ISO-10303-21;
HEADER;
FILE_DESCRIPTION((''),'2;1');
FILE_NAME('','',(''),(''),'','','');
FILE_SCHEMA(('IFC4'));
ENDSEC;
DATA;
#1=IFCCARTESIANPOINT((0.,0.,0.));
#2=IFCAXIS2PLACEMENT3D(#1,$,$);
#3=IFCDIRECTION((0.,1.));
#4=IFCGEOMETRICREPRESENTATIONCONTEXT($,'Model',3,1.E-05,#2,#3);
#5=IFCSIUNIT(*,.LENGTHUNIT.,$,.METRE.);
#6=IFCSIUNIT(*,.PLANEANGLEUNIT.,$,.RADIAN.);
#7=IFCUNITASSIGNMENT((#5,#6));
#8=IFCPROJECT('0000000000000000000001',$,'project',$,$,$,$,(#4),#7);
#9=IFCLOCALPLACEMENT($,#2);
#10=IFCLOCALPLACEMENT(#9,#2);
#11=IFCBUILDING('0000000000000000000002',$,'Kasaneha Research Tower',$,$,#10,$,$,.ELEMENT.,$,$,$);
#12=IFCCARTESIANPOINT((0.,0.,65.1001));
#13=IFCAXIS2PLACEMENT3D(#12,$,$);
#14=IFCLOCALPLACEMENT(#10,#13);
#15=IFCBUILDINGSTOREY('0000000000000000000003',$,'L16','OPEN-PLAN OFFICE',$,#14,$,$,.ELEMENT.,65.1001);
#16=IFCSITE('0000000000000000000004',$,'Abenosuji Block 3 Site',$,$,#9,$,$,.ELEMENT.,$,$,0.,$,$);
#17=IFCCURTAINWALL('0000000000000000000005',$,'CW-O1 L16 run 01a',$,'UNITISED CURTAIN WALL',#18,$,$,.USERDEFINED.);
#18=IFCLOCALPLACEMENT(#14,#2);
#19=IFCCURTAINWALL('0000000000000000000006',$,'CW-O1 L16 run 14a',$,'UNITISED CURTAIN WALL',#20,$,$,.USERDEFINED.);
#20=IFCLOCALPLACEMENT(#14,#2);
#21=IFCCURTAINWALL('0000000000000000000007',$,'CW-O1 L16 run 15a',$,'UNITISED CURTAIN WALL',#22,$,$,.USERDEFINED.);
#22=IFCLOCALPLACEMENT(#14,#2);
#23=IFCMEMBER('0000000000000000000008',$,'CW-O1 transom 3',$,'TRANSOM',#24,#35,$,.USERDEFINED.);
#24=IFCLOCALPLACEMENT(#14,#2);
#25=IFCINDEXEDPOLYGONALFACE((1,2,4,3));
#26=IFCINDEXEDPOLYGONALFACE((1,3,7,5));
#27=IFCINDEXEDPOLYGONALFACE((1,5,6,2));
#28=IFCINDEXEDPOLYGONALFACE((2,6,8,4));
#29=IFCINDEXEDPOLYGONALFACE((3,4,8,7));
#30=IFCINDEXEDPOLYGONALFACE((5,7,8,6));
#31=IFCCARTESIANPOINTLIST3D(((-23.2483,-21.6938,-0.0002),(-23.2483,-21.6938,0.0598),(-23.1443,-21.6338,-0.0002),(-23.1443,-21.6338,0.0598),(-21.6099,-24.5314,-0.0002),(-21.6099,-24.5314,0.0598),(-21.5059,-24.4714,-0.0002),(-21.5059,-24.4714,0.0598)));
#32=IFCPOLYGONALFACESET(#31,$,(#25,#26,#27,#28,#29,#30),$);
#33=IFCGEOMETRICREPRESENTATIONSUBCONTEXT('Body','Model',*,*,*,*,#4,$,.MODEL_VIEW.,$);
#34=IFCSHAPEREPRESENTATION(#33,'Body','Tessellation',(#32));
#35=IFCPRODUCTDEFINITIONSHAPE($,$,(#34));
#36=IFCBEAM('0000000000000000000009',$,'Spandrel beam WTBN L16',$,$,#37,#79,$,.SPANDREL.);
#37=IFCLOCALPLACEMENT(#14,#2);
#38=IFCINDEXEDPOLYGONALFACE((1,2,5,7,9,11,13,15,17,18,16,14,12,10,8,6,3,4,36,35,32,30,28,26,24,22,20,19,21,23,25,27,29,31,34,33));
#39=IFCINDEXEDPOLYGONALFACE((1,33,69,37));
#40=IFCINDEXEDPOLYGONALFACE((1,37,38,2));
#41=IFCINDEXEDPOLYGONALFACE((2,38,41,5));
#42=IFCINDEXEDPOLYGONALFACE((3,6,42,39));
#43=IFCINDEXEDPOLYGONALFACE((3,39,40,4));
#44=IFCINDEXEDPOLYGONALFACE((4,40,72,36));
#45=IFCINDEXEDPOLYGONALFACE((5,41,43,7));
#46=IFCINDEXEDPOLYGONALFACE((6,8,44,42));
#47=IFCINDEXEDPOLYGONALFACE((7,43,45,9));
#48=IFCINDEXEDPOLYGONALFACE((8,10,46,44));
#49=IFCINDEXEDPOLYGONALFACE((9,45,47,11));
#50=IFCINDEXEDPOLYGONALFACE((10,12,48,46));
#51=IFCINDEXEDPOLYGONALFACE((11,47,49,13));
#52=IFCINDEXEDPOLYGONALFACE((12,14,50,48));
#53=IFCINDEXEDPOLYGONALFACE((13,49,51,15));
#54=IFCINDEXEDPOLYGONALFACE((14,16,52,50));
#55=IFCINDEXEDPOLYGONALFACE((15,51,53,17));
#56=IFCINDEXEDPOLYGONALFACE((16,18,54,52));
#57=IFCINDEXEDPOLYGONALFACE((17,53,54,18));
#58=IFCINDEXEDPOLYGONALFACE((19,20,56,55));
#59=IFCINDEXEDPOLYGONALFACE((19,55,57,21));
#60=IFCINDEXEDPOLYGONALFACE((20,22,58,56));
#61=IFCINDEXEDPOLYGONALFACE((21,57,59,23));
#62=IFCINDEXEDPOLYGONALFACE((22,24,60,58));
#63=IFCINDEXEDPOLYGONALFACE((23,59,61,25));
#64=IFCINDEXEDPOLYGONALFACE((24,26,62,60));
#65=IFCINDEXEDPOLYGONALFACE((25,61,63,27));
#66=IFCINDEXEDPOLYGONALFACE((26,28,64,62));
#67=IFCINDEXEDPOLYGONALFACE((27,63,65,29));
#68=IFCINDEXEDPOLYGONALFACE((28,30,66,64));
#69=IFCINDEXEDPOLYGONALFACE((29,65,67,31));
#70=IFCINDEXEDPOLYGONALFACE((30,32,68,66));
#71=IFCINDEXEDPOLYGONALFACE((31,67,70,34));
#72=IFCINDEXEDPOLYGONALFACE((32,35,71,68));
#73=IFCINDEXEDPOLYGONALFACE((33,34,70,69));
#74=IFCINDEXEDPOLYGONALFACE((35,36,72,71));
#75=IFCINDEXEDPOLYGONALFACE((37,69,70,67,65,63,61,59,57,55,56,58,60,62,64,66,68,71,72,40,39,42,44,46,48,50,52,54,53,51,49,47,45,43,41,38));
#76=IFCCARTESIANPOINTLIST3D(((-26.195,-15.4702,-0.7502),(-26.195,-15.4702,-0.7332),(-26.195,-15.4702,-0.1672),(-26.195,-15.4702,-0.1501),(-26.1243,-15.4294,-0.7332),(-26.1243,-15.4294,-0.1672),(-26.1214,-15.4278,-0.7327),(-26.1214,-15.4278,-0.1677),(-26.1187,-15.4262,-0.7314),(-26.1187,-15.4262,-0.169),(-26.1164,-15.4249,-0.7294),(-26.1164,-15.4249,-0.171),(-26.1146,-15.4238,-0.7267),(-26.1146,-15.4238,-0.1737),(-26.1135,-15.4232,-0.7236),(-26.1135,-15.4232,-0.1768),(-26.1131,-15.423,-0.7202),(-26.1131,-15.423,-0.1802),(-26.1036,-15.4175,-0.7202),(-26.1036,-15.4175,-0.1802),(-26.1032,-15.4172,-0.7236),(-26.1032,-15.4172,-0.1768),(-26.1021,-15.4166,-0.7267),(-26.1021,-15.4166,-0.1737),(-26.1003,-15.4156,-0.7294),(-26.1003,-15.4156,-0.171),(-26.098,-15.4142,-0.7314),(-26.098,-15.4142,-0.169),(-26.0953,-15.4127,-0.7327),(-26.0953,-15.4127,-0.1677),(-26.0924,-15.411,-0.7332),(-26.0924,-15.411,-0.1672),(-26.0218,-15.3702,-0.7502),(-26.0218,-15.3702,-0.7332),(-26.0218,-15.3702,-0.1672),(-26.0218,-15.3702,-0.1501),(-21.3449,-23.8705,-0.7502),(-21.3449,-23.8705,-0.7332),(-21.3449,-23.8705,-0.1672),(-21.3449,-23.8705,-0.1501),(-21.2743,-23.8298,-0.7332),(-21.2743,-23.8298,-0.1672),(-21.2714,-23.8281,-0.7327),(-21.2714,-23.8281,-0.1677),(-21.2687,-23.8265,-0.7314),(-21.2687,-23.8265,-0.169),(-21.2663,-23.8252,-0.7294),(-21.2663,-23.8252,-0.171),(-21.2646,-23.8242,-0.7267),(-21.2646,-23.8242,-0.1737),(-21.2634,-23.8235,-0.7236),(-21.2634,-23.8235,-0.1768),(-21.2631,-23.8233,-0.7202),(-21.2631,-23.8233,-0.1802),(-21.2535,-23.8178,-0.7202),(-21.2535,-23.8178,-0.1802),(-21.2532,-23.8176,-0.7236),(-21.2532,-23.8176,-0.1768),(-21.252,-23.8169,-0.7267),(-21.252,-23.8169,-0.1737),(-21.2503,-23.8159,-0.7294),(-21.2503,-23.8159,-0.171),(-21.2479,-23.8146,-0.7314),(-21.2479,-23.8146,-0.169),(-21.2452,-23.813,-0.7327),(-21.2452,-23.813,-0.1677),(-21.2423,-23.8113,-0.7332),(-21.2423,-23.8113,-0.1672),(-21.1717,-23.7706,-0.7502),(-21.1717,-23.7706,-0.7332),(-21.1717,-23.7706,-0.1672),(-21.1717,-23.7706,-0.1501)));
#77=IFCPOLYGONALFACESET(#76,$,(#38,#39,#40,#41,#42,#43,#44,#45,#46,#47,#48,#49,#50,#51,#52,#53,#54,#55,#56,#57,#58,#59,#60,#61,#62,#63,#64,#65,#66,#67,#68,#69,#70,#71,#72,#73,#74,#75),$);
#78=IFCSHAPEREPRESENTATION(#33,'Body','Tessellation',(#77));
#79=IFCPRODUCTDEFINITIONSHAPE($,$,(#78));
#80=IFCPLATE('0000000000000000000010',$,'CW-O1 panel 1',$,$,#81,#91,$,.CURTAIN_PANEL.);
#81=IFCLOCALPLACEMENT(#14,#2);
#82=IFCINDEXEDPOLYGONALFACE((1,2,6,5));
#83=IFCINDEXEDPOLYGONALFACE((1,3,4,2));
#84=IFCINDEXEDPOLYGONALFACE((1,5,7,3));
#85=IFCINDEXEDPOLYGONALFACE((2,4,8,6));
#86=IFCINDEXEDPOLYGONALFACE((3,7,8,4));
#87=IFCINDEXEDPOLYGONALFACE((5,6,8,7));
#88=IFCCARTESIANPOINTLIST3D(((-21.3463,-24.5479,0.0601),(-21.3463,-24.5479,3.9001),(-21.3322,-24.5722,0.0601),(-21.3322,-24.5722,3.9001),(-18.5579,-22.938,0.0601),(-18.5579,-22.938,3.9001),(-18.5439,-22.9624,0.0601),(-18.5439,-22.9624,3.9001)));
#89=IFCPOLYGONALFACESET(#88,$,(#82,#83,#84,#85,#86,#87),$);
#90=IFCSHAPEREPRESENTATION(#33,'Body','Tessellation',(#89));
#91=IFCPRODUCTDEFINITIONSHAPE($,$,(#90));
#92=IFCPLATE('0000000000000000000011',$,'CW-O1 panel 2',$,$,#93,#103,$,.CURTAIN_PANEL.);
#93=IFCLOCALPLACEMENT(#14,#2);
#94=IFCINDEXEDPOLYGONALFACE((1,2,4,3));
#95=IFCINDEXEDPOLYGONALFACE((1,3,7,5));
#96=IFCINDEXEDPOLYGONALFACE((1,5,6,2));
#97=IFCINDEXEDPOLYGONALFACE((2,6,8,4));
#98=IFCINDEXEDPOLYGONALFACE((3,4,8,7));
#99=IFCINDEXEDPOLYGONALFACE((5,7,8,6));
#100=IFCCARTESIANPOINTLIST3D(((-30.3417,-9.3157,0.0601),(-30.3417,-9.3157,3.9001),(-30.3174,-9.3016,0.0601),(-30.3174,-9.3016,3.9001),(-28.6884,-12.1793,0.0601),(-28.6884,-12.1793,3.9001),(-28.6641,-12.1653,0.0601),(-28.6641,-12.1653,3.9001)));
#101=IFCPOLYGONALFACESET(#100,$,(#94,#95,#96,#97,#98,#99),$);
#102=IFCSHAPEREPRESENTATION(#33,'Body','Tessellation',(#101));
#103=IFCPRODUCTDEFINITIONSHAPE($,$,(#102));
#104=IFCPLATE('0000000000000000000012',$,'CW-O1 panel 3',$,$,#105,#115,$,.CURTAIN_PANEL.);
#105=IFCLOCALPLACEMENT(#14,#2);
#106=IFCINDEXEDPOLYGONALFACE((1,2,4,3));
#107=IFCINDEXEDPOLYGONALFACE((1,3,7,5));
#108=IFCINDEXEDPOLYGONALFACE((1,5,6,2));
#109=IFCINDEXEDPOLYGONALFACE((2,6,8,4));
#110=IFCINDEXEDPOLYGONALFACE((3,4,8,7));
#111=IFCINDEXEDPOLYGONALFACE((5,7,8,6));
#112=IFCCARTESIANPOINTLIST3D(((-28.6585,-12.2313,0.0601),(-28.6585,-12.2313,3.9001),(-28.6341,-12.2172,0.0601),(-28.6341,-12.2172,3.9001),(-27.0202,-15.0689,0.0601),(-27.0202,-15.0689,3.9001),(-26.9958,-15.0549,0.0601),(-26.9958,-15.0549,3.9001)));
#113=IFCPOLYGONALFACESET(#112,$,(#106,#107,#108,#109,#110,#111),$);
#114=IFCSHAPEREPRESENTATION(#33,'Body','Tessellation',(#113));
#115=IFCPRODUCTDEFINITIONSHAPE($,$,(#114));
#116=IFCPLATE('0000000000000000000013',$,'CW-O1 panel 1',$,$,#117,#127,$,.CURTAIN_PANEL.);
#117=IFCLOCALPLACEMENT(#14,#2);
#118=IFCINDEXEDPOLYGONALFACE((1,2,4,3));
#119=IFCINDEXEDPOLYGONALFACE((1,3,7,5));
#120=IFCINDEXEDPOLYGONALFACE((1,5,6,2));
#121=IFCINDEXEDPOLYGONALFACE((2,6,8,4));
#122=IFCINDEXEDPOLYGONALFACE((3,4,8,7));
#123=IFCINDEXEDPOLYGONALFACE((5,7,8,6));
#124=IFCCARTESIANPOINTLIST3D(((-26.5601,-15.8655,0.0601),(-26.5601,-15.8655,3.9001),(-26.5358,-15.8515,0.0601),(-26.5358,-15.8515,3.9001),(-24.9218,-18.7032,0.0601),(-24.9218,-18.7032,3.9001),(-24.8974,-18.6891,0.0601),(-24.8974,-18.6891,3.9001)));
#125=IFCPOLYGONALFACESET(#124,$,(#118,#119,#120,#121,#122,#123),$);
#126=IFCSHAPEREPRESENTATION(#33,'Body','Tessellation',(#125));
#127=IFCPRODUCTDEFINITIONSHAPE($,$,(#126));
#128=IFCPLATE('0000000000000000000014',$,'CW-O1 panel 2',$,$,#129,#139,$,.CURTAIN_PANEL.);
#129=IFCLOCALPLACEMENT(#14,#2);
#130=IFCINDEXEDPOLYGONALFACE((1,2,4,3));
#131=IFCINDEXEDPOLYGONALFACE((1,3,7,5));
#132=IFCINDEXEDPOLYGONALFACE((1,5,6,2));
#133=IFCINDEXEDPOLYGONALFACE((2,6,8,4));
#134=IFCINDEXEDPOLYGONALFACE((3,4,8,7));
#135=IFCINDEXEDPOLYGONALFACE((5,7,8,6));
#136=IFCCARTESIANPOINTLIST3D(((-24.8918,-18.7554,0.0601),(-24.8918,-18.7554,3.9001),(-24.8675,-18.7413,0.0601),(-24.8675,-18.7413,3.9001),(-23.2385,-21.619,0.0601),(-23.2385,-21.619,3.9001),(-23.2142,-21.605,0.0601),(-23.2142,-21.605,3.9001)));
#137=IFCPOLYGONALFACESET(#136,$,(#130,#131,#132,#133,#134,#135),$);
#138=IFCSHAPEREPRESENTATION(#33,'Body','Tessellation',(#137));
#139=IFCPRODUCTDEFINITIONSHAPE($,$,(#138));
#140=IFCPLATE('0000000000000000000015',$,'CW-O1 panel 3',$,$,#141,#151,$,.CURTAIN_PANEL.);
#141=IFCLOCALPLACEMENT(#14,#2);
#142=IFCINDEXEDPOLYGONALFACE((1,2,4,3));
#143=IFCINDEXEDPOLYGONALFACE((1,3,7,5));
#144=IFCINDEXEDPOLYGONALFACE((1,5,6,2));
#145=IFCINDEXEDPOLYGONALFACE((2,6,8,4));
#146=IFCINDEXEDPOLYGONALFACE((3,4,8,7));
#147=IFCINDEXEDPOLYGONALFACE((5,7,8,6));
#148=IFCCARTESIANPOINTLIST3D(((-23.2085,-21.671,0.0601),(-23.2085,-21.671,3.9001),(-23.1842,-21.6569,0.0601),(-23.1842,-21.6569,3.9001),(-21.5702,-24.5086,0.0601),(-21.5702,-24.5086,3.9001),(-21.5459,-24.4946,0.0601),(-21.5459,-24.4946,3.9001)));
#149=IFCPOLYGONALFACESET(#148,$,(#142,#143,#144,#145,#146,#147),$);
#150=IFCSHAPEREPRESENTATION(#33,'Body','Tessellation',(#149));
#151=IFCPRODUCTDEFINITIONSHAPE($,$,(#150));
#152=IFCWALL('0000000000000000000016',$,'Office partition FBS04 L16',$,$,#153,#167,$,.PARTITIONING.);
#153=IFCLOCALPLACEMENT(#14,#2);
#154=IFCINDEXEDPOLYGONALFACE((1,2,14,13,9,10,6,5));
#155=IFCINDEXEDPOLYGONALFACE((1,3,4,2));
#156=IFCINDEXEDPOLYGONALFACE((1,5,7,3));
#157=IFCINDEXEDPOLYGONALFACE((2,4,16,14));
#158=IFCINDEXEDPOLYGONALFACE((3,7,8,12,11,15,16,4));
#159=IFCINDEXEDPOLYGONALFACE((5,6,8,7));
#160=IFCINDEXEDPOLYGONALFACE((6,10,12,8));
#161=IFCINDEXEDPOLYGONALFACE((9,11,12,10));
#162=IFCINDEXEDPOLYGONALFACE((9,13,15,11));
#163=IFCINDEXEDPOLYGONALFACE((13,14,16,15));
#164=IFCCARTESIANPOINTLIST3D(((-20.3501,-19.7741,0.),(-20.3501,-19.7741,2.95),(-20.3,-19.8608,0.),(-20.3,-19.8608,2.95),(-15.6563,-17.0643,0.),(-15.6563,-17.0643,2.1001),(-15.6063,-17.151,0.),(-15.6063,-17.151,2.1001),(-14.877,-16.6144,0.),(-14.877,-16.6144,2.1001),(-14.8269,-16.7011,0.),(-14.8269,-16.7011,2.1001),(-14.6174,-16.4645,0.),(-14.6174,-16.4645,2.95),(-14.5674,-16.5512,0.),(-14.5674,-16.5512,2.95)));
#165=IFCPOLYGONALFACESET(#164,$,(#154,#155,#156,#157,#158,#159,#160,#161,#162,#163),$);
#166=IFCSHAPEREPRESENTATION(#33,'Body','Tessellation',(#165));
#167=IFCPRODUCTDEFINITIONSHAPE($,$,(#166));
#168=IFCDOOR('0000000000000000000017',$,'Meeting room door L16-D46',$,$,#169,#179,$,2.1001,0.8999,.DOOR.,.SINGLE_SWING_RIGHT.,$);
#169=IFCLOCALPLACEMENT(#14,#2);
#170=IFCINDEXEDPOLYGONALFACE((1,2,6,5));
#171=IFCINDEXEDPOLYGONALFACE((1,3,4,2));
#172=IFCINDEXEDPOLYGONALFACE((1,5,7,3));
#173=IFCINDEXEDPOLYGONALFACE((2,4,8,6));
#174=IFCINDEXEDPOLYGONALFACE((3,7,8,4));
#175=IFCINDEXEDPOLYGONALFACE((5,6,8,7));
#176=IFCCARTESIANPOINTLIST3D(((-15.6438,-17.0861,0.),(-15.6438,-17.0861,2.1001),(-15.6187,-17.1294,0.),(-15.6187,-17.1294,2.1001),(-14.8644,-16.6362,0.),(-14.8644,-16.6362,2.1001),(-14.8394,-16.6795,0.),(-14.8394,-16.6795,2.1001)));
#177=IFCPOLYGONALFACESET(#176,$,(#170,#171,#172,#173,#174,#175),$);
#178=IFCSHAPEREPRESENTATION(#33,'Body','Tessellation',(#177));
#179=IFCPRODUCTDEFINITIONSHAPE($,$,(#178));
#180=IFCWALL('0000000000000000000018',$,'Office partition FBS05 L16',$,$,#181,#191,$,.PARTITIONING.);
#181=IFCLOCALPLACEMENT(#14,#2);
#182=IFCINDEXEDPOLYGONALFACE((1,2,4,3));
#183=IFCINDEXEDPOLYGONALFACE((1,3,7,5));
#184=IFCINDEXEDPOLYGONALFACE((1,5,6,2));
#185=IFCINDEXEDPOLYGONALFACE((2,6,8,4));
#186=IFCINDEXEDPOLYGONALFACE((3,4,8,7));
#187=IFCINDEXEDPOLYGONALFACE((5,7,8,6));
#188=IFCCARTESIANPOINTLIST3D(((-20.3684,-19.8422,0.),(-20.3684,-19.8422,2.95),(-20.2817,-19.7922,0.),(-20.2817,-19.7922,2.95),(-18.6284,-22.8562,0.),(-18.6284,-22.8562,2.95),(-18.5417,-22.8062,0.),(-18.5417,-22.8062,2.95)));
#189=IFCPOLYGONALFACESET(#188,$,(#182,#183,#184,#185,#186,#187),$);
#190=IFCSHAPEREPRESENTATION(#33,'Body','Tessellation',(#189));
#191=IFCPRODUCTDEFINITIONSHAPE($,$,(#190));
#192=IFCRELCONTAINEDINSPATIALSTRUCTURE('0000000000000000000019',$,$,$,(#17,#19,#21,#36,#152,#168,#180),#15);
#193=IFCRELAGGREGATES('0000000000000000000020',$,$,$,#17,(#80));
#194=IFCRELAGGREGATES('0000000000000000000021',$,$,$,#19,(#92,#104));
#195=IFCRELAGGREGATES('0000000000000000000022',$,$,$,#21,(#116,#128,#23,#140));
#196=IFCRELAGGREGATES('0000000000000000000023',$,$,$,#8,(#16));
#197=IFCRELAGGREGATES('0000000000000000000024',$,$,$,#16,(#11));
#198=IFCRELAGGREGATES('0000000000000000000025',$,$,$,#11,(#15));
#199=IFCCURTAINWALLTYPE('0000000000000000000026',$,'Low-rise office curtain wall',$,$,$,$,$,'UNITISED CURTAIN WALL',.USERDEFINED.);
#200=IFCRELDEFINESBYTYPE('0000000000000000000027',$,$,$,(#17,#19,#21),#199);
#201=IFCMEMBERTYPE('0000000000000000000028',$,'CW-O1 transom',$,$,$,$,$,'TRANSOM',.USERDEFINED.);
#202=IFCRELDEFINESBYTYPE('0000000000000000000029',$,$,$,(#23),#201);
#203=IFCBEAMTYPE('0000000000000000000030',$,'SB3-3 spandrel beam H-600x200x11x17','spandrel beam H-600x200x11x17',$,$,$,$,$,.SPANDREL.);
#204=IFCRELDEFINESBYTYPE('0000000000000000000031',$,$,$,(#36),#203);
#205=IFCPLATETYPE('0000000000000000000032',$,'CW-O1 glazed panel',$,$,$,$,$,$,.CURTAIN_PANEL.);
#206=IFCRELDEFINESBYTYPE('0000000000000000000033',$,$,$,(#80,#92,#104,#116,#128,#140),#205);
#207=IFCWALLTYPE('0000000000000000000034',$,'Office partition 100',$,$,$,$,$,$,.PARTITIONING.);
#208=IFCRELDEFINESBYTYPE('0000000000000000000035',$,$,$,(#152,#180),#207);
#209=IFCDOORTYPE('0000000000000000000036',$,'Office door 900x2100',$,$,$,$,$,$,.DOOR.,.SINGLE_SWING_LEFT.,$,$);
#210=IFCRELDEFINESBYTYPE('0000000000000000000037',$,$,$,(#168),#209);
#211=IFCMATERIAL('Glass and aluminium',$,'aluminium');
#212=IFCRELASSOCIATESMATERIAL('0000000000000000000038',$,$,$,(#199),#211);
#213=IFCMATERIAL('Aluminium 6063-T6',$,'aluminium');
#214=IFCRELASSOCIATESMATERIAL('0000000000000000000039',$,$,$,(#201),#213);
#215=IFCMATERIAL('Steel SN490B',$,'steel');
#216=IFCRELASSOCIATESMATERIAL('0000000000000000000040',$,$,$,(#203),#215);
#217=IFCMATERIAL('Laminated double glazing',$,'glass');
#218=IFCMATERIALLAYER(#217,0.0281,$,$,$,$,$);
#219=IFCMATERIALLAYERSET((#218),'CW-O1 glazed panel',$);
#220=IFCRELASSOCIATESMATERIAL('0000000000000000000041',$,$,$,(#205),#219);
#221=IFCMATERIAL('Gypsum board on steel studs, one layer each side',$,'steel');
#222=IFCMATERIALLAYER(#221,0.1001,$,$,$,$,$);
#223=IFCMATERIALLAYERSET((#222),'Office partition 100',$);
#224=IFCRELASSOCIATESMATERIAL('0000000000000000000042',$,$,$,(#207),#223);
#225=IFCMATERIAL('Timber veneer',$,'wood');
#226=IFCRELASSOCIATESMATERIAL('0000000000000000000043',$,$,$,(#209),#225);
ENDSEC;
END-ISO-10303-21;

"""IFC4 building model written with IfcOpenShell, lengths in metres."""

from ifc_helpers import new_model, si_unit, direction, frame, frame_2d, origin, origin_2d, place, context, subcontext, project, spatial, rectangle, i_section, extrude, material, layer, layer_set, material_profile, profile_set, type_object, element, fill, aggregate, save


model = new_model("IFC4")

# Units and contexts
model_context = context("Model", 3, precision=1e-05, world=origin(), true_north=direction((0.0, 1.0)))
body_context = subcontext(model_context, "Body", "Model", "MODEL_VIEW")
ifc_project = project(units=[si_unit("LENGTHUNIT", "METRE"), si_unit("PLANEANGLEUNIT", "RADIAN")], contexts=[model_context])

# Site, building, storey
site_placement = place(None, origin())
site = spatial("IfcSite", under=ifc_project, at=site_placement, Name="Abenosuji Block 3 Site", CompositionType="ELEMENT", RefElevation=0.0)
building_placement = place(site_placement, origin())
building = spatial("IfcBuilding", under=site, at=building_placement, Name="Kasaneha Research Tower", CompositionType="ELEMENT")
storey_placement = place(building_placement, frame((0.0, 0.0, 65.1001)))
storey = spatial("IfcBuildingStorey", under=building, at=storey_placement, Name="L16", Description="OPEN-PLAN OFFICE", CompositionType="ELEMENT", Elevation=65.1001)

# Curtain wall
ifc_material_1 = material(Name="Glass and aluminium", Category="aluminium")
curtain_wall_type = type_object("IfcCurtainWallType", Name="Low-rise office curtain wall", ElementType="UNITISED CURTAIN WALL", PredefinedType="USERDEFINED", material=ifc_material_1)
curtain_wall_1_placement = place(storey_placement, origin())
curtain_wall_1 = element("IfcCurtainWall", 1, at=curtain_wall_1_placement, inside=storey, type_object=curtain_wall_type, Name="CW-O1 L16 run 01a", ObjectType="UNITISED CURTAIN WALL", PredefinedType="USERDEFINED")

# Curtain walls
curtain_wall_2_placement = place(storey_placement, origin())
curtain_wall_2 = element("IfcCurtainWall", 2, at=curtain_wall_2_placement, inside=storey, type_object=curtain_wall_type, Name="CW-O1 L16 run 14a", ObjectType="UNITISED CURTAIN WALL", PredefinedType="USERDEFINED")
curtain_wall_3_placement = place(storey_placement, origin())
curtain_wall_3 = element("IfcCurtainWall", 3, at=curtain_wall_3_placement, inside=storey, type_object=curtain_wall_type, Name="CW-O1 L16 run 15a", ObjectType="UNITISED CURTAIN WALL", PredefinedType="USERDEFINED")

# Member
ifc_material_2 = material(Name="Aluminium 6063-T6", Category="aluminium")
ifc_material_profile_1 = material_profile(ifc_material_2, rectangle(XDim=0.1201, YDim=0.0601, at=origin_2d()), Name="CW-O1 transom 120x60")
ifc_profile_set_1 = profile_set([ifc_material_profile_1], Name="Aluminium 6063-T6")
member_type_1 = type_object("IfcMemberType", Name="CW-O1 transom", ElementType="TRANSOM", PredefinedType="USERDEFINED", material=ifc_profile_set_1)
member_1_placement = place(storey_placement, frame((-23.1963, -21.6638, 0.0298), z_axis=(0.500026, -0.866011, 0.0), x_axis=(0.866011, 0.500026, 0.0)))
member_1 = element("IfcMember", 4, at=member_1_placement, type_object=member_type_1, Name="CW-O1 transom 3", ObjectType="TRANSOM", PredefinedType="USERDEFINED", context=body_context, shape_type="SweptSolid", body=[
    extrude(rectangle(XDim=0.1201, YDim=0.0601, at=origin_2d()), origin(), (0.0, 0.0, 1.0), 3.2766),
])

# Beam
ifc_material_3 = material(Name="Steel SN490B", Category="steel")
ifc_material_profile_2 = material_profile(ifc_material_3, i_section(OverallWidth=0.2, OverallDepth=0.6001, WebThickness=0.011, FlangeThickness=0.0171, FilletRadius=0.0129, at=origin_2d()), Name="H-600x200x11x17")
ifc_profile_set_2 = profile_set([ifc_material_profile_2], Name="Steel SN490B")
beam_type = type_object("IfcBeamType", Name="SB3-3 spandrel beam H-600x200x11x17", Description="spandrel beam H-600x200x11x17", PredefinedType="SPANDREL", material=ifc_profile_set_2)
beam_placement = place(storey_placement, frame((-21.2583, -23.8206, -0.4502), z_axis=(-0.50001, 0.86602, 0.0), x_axis=(-0.86602, -0.50001, 0.0)))
element("IfcBeam", 5, at=beam_placement, inside=storey, type_object=beam_type, Name="Spandrel beam WTBN L16", PredefinedType="SPANDREL", context=body_context, shape_type="SweptSolid", body=[
    extrude(i_section(OverallWidth=0.2, OverallDepth=0.6001, WebThickness=0.011, FlangeThickness=0.0171, FilletRadius=0.0129, at=origin_2d()), origin(), (0.0, 0.0, 1.0), 9.7),
])

# Plates
ifc_material_4 = material(Name="Laminated double glazing", Category="glass")
ifc_layer_1 = layer(ifc_material_4, 0.0281)
ifc_layer_set_1 = layer_set([ifc_layer_1], Name="CW-O1 glazed panel")
plate_type = type_object("IfcPlateType", Name="CW-O1 glazed panel", PredefinedType="CURTAIN_PANEL", material=ifc_layer_set_1)
plate_1_placement = place(storey_placement, frame((-19.9451, -23.7551, 0.0601), z_axis=(0.0, 0.0, 1.0), x_axis=(0.866025, 0.5, 0.0)))
plate_1 = element("IfcPlate", 6, at=plate_1_placement, type_object=plate_type, Name="CW-O1 panel 1", PredefinedType="CURTAIN_PANEL", context=body_context, shape_type="SweptSolid", body=[
    extrude(rectangle(XDim=3.2197, YDim=0.0281, at=origin_2d()), origin(), (0.0, 0.0, 1.0), 3.8401),
])
aggregate(curtain_wall_1, [plate_1])
plate_2_placement = place(storey_placement, frame((-29.5029, -10.7405, 0.0601), z_axis=(0.0, 0.0, 1.0), x_axis=(0.5, -0.866025, 0.0)))
plate_2 = element("IfcPlate", 7, at=plate_2_placement, type_object=plate_type, Name="CW-O1 panel 2", PredefinedType="CURTAIN_PANEL", context=body_context, shape_type="SweptSolid", body=[
    extrude(rectangle(XDim=3.3066, YDim=0.0281, at=origin_2d()), origin(), (0.0, 0.0, 1.0), 3.8401),
])
plate_3_placement = place(storey_placement, frame((-27.8271, -13.6431, 0.0601), z_axis=(0.0, 0.0, 1.0), x_axis=(0.5, -0.866025, 0.0)))
plate_3 = element("IfcPlate", 8, at=plate_3_placement, type_object=plate_type, Name="CW-O1 panel 3", PredefinedType="CURTAIN_PANEL", context=body_context, shape_type="SweptSolid", body=[
    extrude(rectangle(XDim=3.2766, YDim=0.0281, at=origin_2d()), origin(), (0.0, 0.0, 1.0), 3.8401),
])
aggregate(curtain_wall_2, [plate_2, plate_3])
plate_4_placement = place(storey_placement, frame((-25.7288, -17.2773, 0.0601), z_axis=(0.0, 0.0, 1.0), x_axis=(0.5, -0.866025, 0.0)))
plate_4 = element("IfcPlate", 9, at=plate_4_placement, type_object=plate_type, Name="CW-O1 panel 1", PredefinedType="CURTAIN_PANEL", context=body_context, shape_type="SweptSolid", body=[
    extrude(rectangle(XDim=3.2766, YDim=0.0281, at=origin_2d()), origin(), (0.0, 0.0, 1.0), 3.8401),
])
plate_5_placement = place(storey_placement, frame((-24.053, -20.1802, 0.0601), z_axis=(0.0, 0.0, 1.0), x_axis=(0.5, -0.866025, 0.0)))
plate_5 = element("IfcPlate", 10, at=plate_5_placement, type_object=plate_type, Name="CW-O1 panel 2", PredefinedType="CURTAIN_PANEL", context=body_context, shape_type="SweptSolid", body=[
    extrude(rectangle(XDim=3.3066, YDim=0.0281, at=origin_2d()), origin(), (0.0, 0.0, 1.0), 3.8401),
])
plate_6_placement = place(storey_placement, frame((-22.3772, -23.0828, 0.0601), z_axis=(0.0, 0.0, 1.0), x_axis=(0.5, -0.866025, 0.0)))
plate_6 = element("IfcPlate", 11, at=plate_6_placement, type_object=plate_type, Name="CW-O1 panel 3", PredefinedType="CURTAIN_PANEL", context=body_context, shape_type="SweptSolid", body=[
    extrude(rectangle(XDim=3.2766, YDim=0.0281, at=origin_2d()), origin(), (0.0, 0.0, 1.0), 3.8401),
])
aggregate(curtain_wall_3, [plate_4, plate_5, member_1, plate_6])

# Wall, opening, door
ifc_material_5 = material(Name="Gypsum board on steel studs, one layer each side", Category="steel")
ifc_layer_2 = layer(ifc_material_5, 0.1001)
ifc_layer_set_2 = layer_set([ifc_layer_2], Name="Office partition 100")
wall_type = type_object("IfcWallType", Name="Office partition 100", PredefinedType="PARTITIONING", material=ifc_layer_set_2)
wall_1_placement = place(storey_placement, frame((-20.325, -19.8174, 0.0), z_axis=(0.0, 0.0, 1.0), x_axis=(0.866038, 0.499979, 0.0)))
wall_1 = element("IfcWall", 12, at=wall_1_placement, inside=storey, type_object=wall_type, Name="Office partition FBS04 L16", PredefinedType="PARTITIONING", context=body_context, shape_type="SweptSolid", body=[
    extrude(rectangle(XDim=6.6194, YDim=0.1001, at=frame_2d((3.3096, 0.0))), origin(), (0.0, 0.0, 1.0), 2.95),
])
opening_placement = place(wall_1_placement, frame((5.4197, 0.0, 0.0)))
opening = element("IfcOpeningElement", 13, at=opening_placement, cuts=wall_1, PredefinedType="OPENING", context=body_context, shape_type="SweptSolid", body=[
    extrude(rectangle(XDim=0.8999, YDim=2.1001, at=frame_2d((0.45, 1.05))), frame((0.0, 0.0601, 0.0), z_axis=(0.0, -1.0, 0.0), x_axis=(1.0, 0.0, 0.0)), (0.0, 0.0, 1.0), 0.1201),
])
ifc_material_6 = material(Name="Timber veneer", Category="wood")
door_type = type_object("IfcDoorType", Name="Office door 900x2100", OperationType="SINGLE_SWING_LEFT", PredefinedType="DOOR", material=ifc_material_6)
door_placement = place(opening_placement, origin())
door = element("IfcDoor", 14, at=door_placement, inside=storey, type_object=door_type, Name="Meeting room door L16-D46", OperationType="SINGLE_SWING_RIGHT", OverallHeight=2.1001, OverallWidth=0.8999, PredefinedType="DOOR", context=body_context, shape_type="SweptSolid", body=[
    extrude(rectangle(XDim=0.8999, YDim=2.1001, at=frame_2d((0.45, 1.05))), frame((0.0, 0.0249, 0.0), z_axis=(0.0, -1.0, 0.0), x_axis=(1.0, 0.0, 0.0)), (0.0, 0.0, 1.0), 0.05),
])
fill(opening, door)

# Wall
wall_2_placement = place(storey_placement, frame((-18.585, -22.8313, 0.0), z_axis=(0.0, 0.0, 1.0), x_axis=(-0.49998, 0.866037, 0.0)))
element("IfcWall", 15, at=wall_2_placement, inside=storey, type_object=wall_type, Name="Office partition FBS05 L16", PredefinedType="PARTITIONING", context=body_context, shape_type="SweptSolid", body=[
    extrude(rectangle(XDim=3.4802, YDim=0.1001, at=frame_2d((1.7402, 0.0))), origin(), (0.0, 0.0, 1.0), 2.95),
])

save(model, "model.ifc")
